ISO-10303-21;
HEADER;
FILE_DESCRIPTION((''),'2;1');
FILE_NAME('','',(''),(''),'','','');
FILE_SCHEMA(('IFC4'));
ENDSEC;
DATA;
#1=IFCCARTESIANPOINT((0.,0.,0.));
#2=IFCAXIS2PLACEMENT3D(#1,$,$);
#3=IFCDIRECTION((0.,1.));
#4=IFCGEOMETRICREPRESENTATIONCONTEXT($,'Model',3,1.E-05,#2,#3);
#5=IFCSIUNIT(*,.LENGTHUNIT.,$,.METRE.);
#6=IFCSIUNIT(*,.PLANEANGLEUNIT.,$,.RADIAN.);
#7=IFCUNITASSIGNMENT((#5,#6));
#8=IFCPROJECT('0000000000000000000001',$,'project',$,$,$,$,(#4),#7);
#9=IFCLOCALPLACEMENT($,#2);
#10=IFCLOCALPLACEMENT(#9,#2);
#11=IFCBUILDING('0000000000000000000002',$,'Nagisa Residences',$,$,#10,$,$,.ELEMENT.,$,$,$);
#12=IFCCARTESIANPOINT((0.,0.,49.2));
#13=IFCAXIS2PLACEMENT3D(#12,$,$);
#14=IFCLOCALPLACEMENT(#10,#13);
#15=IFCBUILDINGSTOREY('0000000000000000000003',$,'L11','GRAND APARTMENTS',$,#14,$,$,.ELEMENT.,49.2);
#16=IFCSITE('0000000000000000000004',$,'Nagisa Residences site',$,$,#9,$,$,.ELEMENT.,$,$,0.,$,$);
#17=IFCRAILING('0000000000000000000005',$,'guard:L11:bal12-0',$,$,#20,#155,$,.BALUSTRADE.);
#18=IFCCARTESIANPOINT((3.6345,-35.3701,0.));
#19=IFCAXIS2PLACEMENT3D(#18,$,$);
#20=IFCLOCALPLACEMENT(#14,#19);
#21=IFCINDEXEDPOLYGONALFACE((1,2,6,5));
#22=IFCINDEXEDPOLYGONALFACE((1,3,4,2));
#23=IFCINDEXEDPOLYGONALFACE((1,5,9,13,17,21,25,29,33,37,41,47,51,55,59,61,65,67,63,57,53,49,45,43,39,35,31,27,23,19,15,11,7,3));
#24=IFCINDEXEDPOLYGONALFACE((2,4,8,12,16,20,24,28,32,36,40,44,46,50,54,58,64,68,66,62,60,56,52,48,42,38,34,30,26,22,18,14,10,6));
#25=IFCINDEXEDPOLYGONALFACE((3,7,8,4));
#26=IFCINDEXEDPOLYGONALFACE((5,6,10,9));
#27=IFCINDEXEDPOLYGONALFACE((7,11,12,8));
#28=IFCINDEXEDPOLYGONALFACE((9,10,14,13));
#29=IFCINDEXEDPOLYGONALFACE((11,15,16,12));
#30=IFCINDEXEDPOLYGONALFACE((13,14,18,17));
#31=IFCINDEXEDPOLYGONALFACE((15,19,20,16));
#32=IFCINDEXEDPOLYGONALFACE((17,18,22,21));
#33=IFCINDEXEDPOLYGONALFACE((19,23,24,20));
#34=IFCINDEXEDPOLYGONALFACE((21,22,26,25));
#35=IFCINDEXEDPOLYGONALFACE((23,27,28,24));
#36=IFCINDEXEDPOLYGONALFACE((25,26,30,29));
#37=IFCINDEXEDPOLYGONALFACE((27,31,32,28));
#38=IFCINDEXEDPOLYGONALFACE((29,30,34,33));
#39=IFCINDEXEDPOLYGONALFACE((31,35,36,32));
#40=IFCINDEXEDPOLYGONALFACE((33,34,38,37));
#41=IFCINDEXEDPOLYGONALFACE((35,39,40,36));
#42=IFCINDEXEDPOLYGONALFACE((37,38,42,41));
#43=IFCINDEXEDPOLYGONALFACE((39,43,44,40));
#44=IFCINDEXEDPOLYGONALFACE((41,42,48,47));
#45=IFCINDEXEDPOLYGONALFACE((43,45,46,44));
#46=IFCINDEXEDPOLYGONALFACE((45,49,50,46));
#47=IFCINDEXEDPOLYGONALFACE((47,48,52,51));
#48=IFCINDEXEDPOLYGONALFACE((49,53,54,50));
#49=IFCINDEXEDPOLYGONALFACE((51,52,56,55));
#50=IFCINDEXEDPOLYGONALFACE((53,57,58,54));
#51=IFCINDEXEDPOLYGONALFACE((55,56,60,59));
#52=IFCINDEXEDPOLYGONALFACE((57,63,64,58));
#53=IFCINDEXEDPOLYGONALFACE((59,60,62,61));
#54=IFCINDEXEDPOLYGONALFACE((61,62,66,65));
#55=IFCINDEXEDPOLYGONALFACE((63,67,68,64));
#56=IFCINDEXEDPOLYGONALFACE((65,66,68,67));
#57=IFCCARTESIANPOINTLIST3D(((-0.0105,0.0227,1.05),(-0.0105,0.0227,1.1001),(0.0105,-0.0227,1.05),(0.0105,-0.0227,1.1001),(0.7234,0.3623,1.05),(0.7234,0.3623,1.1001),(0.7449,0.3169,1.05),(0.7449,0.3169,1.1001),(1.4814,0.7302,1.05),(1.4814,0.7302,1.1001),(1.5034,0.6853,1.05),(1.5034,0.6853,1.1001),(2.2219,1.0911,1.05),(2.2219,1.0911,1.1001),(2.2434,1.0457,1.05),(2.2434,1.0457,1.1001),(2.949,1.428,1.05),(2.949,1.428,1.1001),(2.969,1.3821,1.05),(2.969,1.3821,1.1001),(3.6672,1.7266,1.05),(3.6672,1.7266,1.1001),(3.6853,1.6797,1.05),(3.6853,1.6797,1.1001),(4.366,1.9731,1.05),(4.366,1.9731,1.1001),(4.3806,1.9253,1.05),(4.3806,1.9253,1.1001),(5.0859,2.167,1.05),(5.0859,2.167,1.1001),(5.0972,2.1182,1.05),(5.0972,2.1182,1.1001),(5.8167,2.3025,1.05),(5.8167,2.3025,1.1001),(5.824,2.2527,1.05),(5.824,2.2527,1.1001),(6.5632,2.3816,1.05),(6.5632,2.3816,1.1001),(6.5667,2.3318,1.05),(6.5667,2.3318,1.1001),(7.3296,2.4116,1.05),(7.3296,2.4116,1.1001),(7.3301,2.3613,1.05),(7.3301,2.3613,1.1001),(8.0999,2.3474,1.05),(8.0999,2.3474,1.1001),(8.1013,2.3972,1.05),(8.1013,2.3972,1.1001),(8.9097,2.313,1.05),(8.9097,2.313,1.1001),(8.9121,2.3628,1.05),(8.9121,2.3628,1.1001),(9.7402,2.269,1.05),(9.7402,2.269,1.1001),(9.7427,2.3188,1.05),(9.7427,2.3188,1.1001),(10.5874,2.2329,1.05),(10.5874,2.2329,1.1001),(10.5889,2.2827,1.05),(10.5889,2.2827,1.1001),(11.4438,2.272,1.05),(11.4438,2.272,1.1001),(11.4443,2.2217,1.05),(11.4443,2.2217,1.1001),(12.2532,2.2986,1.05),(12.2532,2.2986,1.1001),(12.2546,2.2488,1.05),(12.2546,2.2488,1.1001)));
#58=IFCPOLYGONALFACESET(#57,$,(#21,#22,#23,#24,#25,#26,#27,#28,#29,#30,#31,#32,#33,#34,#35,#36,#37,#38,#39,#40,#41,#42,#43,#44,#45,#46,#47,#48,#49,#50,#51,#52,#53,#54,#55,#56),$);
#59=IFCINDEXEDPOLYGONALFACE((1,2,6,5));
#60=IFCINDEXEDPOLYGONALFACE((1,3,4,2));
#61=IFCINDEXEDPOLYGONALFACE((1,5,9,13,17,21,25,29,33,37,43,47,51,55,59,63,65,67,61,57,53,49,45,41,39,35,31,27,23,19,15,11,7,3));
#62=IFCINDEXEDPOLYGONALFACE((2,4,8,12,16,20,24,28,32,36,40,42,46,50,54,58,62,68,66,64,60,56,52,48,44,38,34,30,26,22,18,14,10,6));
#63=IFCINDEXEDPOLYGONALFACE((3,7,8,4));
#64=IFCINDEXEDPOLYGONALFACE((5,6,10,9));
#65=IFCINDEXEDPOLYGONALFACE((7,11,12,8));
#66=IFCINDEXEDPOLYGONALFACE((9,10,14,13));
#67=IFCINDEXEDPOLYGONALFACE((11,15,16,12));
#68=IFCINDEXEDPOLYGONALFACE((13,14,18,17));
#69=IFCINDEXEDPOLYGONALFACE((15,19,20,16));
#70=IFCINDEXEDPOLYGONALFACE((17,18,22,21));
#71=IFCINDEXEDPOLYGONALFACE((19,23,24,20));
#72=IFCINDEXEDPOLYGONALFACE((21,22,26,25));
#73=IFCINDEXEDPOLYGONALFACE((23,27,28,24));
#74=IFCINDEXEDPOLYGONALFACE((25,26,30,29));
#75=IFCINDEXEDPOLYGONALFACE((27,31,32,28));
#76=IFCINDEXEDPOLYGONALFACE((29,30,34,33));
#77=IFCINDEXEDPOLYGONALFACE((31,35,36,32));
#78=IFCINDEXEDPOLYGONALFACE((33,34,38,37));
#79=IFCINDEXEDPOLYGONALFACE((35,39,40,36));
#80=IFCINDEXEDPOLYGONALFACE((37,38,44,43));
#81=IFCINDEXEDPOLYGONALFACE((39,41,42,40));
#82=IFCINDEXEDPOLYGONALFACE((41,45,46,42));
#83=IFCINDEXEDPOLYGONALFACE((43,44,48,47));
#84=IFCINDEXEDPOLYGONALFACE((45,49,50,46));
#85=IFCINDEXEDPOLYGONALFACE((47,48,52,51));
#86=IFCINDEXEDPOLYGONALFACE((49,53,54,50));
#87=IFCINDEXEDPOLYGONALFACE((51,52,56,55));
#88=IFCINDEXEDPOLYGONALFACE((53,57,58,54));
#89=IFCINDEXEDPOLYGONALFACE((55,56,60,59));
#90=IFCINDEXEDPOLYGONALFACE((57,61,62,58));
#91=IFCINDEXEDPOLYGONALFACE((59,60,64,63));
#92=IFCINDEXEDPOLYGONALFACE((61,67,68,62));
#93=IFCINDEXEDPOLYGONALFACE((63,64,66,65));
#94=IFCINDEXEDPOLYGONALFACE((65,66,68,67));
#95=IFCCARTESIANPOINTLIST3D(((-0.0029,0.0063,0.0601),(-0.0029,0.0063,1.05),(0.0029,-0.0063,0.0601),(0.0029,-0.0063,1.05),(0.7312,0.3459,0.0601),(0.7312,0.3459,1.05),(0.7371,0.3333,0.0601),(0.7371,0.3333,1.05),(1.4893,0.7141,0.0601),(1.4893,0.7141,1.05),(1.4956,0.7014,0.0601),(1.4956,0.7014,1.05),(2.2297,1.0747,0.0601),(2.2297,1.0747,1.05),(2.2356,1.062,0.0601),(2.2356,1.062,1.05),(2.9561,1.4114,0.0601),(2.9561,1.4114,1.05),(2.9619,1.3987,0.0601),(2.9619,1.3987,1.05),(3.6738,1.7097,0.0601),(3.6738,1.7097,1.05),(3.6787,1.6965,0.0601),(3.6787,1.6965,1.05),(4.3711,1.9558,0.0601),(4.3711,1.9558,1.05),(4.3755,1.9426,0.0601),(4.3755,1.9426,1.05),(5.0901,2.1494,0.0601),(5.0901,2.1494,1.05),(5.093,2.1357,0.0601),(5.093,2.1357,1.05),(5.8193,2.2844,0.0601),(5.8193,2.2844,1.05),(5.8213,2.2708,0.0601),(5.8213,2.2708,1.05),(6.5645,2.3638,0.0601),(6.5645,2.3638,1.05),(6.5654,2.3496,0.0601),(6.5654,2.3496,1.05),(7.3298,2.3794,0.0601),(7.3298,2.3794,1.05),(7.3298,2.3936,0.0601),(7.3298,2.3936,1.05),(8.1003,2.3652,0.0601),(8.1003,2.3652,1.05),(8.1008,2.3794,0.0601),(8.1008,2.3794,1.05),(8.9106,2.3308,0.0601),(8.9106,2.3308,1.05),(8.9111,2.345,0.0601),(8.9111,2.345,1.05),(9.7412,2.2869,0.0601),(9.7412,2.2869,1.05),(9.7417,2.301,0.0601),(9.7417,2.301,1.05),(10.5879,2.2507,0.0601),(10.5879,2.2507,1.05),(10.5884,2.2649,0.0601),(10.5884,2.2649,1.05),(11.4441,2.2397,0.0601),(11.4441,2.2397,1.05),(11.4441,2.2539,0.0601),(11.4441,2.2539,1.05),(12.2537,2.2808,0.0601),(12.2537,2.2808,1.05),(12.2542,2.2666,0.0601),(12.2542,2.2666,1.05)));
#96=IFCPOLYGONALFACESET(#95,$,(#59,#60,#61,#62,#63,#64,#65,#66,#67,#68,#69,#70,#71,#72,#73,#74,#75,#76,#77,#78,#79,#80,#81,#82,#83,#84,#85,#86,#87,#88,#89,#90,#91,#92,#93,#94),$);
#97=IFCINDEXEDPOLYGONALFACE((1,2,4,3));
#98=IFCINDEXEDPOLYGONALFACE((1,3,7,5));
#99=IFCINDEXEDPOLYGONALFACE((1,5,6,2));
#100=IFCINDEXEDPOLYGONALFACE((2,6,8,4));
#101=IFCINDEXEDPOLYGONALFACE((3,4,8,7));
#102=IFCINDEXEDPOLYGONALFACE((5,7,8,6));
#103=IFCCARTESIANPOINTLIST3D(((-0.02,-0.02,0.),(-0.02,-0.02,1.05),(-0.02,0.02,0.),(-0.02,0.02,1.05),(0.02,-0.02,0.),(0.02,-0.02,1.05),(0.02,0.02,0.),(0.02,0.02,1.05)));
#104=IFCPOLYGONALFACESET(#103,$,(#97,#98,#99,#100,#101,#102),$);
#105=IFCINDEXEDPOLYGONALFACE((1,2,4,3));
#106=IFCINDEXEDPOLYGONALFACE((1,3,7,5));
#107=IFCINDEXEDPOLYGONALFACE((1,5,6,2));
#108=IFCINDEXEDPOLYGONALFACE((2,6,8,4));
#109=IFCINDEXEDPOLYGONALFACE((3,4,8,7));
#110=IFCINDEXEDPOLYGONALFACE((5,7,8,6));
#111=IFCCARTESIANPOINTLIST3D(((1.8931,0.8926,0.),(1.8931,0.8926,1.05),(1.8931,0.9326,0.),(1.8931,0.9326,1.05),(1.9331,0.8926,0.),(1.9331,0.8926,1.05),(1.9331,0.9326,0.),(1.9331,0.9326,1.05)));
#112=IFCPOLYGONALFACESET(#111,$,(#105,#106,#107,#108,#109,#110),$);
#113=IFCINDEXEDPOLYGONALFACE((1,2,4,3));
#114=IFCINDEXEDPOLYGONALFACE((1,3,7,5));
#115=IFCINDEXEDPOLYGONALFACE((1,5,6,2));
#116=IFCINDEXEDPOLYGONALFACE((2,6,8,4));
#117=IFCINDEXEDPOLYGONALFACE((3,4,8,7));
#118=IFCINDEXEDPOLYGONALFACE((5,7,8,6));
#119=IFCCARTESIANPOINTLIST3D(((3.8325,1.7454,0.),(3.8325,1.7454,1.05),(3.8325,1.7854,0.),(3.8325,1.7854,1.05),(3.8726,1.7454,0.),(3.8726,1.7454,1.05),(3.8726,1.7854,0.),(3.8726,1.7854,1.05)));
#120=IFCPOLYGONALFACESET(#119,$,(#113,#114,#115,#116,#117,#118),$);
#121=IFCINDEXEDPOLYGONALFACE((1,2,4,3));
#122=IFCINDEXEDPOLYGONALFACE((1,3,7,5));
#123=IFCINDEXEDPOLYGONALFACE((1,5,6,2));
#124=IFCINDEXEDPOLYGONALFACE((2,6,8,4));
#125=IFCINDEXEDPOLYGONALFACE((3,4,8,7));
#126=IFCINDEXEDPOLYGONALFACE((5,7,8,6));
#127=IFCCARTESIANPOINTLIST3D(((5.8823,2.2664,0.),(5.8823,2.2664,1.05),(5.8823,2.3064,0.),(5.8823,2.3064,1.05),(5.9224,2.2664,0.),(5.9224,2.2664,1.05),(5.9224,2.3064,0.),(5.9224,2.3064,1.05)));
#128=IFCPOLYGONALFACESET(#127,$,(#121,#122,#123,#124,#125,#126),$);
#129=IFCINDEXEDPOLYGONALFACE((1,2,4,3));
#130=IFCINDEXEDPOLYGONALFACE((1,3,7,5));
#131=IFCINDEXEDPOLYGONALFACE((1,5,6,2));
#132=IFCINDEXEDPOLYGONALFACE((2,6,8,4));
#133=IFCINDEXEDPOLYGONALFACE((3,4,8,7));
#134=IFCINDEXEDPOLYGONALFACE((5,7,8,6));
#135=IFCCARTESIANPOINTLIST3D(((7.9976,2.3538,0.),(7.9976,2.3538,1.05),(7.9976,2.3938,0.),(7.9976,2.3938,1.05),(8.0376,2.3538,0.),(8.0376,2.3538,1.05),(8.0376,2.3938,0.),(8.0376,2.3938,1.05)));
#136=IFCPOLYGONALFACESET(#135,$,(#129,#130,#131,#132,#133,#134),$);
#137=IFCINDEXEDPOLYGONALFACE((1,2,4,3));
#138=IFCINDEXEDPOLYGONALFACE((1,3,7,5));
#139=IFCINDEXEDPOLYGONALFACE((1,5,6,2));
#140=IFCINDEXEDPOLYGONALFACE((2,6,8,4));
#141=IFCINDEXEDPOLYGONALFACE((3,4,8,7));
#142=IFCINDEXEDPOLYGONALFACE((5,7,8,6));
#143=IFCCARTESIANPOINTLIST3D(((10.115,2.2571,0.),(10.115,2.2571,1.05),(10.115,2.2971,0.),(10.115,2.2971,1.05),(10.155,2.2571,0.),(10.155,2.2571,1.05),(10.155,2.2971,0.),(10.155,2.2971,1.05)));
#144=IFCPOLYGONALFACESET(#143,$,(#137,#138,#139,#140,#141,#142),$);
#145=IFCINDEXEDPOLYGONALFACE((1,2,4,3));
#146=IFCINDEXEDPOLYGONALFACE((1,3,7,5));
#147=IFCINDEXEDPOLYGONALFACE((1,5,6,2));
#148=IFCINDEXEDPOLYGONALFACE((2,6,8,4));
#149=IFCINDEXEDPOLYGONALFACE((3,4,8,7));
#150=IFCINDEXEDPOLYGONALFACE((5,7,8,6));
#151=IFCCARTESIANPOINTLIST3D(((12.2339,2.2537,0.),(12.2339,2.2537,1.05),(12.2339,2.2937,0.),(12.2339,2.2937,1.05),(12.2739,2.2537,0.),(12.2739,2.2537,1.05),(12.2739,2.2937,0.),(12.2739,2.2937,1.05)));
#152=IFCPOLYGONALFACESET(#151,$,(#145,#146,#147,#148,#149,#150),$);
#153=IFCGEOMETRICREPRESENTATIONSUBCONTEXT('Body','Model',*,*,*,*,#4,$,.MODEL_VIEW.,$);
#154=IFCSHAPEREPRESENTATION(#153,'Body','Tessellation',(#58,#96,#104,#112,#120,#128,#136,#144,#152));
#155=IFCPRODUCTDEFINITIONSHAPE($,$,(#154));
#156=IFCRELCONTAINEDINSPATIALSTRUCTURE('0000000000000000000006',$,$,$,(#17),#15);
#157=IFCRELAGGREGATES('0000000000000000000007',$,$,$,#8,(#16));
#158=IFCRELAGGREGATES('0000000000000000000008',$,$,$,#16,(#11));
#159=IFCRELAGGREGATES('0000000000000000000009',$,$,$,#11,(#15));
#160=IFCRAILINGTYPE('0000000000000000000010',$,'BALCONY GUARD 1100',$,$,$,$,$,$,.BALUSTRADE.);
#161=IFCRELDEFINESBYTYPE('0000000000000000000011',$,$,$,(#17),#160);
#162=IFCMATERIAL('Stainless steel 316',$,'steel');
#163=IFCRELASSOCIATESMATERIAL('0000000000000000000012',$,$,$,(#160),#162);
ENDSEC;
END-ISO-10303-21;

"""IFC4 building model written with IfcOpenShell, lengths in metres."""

from ifc_helpers import new_model, si_unit, direction, frame, origin, origin_2d, place, context, subcontext, project, spatial, polyline, rectangle, outline, extrude, material, type_object, element, save


model = new_model("IFC4")

# Units and contexts
model_context = context("Model", 3, precision=1e-05, world=origin(), true_north=direction((0.0, 1.0)))
body_context = subcontext(model_context, "Body", "Model", "MODEL_VIEW")
ifc_project = project(units=[si_unit("LENGTHUNIT", "METRE"), si_unit("PLANEANGLEUNIT", "RADIAN")], contexts=[model_context])

# Site, building, storey
site_placement = place(None, origin())
site = spatial("IfcSite", under=ifc_project, at=site_placement, Name="Nagisa Residences site", CompositionType="ELEMENT", RefElevation=0.0)
building_placement = place(site_placement, origin())
building = spatial("IfcBuilding", under=site, at=building_placement, Name="Nagisa Residences", CompositionType="ELEMENT")
storey_placement = place(building_placement, frame((0.0, 0.0, 49.2)))
storey = spatial("IfcBuildingStorey", under=building, at=storey_placement, Name="L11", Description="GRAND APARTMENTS", CompositionType="ELEMENT", Elevation=49.2)

# Railing
ifc_material_1 = material(Name="Stainless steel 316", Category="steel")
railing_type = type_object("IfcRailingType", Name="BALCONY GUARD 1100", PredefinedType="BALUSTRADE", material=ifc_material_1)
railing_placement = place(storey_placement, frame((3.6345, -35.3701, 0.0)))
element("IfcRailing", 1, at=railing_placement, inside=storey, type_object=railing_type, Name="guard:L11:bal12-0", PredefinedType="BALUSTRADE", context=body_context, shape_type="SweptSolid", body=[
    extrude(outline(polyline([(0.7234, 0.3623), (-0.0105, 0.0227), (0.0105, -0.0227), (0.7449, 0.3169), (1.5034, 0.6853), (2.2434, 1.0457), (2.969, 1.3821), (3.6853, 1.6797), (4.3806, 1.9253), (5.0972, 2.1182), (5.824, 2.2527), (6.5667, 2.3318), (7.3301, 2.3613), (8.0999, 2.3474), (8.9097, 2.313), (9.7402, 2.269), (10.5874, 2.2329), (11.4443, 2.2217), (12.2546, 2.2488), (12.2532, 2.2986), (11.4438, 2.272), (10.5889, 2.2827), (9.7427, 2.3188), (8.9121, 2.3628), (8.1013, 2.3972), (7.3296, 2.4116), (6.5632, 2.3816), (5.8167, 2.3025), (5.0859, 2.167), (4.366, 1.9731), (3.6672, 1.7266), (2.949, 1.428), (2.2219, 1.0911), (1.4814, 0.7302), (0.7234, 0.3623)])), frame((0.0, 0.0, 1.05)), (0.0, 0.0, 1.0), 0.05),
    extrude(outline(polyline([(0.7312, 0.3459), (-0.0029, 0.0063), (0.0029, -0.0063), (0.7371, 0.3333), (1.4956, 0.7014), (2.2356, 1.062), (2.9619, 1.3987), (3.6787, 1.6965), (4.3755, 1.9426), (5.093, 2.1357), (5.8213, 2.2708), (6.5654, 2.3496), (7.3298, 2.3794), (8.1003, 2.3652), (8.9106, 2.3308), (9.7412, 2.2869), (10.5879, 2.2507), (11.4441, 2.2397), (12.2542, 2.2666), (12.2537, 2.2808), (11.4441, 2.2539), (10.5884, 2.2649), (9.7417, 2.301), (8.9111, 2.345), (8.1008, 2.3794), (7.3298, 2.3936), (6.5645, 2.3638), (5.8193, 2.2844), (5.0901, 2.1494), (4.3711, 1.9558), (3.6738, 1.7097), (2.9561, 1.4114), (2.2297, 1.0747), (1.4893, 0.7141), (0.7312, 0.3459)])), frame((0.0, 0.0, 0.0601)), (0.0, 0.0, 1.0), 0.99),
    extrude(rectangle(XDim=0.04, YDim=0.04, at=origin_2d()), origin(), (0.0, 0.0, 1.0), 1.05),
    extrude(rectangle(XDim=0.04, YDim=0.04, at=origin_2d()), frame((1.9131, 0.9126, 0.0)), (0.0, 0.0, 1.0), 1.05),
    extrude(rectangle(XDim=0.04, YDim=0.04, at=origin_2d()), frame((3.8525, 1.7654, 0.0)), (0.0, 0.0, 1.0), 1.05),
    extrude(rectangle(XDim=0.04, YDim=0.04, at=origin_2d()), frame((5.9023, 2.2864, 0.0)), (0.0, 0.0, 1.0), 1.05),
    extrude(rectangle(XDim=0.04, YDim=0.04, at=origin_2d()), frame((8.0176, 2.3738, 0.0)), (0.0, 0.0, 1.0), 1.05),
    extrude(rectangle(XDim=0.04, YDim=0.04, at=origin_2d()), frame((10.135, 2.2771, 0.0)), (0.0, 0.0, 1.0), 1.05),
    extrude(rectangle(XDim=0.04, YDim=0.04, at=origin_2d()), frame((12.2539, 2.2737, 0.0)), (0.0, 0.0, 1.0), 1.05),
])

save(model, "model.ifc")
